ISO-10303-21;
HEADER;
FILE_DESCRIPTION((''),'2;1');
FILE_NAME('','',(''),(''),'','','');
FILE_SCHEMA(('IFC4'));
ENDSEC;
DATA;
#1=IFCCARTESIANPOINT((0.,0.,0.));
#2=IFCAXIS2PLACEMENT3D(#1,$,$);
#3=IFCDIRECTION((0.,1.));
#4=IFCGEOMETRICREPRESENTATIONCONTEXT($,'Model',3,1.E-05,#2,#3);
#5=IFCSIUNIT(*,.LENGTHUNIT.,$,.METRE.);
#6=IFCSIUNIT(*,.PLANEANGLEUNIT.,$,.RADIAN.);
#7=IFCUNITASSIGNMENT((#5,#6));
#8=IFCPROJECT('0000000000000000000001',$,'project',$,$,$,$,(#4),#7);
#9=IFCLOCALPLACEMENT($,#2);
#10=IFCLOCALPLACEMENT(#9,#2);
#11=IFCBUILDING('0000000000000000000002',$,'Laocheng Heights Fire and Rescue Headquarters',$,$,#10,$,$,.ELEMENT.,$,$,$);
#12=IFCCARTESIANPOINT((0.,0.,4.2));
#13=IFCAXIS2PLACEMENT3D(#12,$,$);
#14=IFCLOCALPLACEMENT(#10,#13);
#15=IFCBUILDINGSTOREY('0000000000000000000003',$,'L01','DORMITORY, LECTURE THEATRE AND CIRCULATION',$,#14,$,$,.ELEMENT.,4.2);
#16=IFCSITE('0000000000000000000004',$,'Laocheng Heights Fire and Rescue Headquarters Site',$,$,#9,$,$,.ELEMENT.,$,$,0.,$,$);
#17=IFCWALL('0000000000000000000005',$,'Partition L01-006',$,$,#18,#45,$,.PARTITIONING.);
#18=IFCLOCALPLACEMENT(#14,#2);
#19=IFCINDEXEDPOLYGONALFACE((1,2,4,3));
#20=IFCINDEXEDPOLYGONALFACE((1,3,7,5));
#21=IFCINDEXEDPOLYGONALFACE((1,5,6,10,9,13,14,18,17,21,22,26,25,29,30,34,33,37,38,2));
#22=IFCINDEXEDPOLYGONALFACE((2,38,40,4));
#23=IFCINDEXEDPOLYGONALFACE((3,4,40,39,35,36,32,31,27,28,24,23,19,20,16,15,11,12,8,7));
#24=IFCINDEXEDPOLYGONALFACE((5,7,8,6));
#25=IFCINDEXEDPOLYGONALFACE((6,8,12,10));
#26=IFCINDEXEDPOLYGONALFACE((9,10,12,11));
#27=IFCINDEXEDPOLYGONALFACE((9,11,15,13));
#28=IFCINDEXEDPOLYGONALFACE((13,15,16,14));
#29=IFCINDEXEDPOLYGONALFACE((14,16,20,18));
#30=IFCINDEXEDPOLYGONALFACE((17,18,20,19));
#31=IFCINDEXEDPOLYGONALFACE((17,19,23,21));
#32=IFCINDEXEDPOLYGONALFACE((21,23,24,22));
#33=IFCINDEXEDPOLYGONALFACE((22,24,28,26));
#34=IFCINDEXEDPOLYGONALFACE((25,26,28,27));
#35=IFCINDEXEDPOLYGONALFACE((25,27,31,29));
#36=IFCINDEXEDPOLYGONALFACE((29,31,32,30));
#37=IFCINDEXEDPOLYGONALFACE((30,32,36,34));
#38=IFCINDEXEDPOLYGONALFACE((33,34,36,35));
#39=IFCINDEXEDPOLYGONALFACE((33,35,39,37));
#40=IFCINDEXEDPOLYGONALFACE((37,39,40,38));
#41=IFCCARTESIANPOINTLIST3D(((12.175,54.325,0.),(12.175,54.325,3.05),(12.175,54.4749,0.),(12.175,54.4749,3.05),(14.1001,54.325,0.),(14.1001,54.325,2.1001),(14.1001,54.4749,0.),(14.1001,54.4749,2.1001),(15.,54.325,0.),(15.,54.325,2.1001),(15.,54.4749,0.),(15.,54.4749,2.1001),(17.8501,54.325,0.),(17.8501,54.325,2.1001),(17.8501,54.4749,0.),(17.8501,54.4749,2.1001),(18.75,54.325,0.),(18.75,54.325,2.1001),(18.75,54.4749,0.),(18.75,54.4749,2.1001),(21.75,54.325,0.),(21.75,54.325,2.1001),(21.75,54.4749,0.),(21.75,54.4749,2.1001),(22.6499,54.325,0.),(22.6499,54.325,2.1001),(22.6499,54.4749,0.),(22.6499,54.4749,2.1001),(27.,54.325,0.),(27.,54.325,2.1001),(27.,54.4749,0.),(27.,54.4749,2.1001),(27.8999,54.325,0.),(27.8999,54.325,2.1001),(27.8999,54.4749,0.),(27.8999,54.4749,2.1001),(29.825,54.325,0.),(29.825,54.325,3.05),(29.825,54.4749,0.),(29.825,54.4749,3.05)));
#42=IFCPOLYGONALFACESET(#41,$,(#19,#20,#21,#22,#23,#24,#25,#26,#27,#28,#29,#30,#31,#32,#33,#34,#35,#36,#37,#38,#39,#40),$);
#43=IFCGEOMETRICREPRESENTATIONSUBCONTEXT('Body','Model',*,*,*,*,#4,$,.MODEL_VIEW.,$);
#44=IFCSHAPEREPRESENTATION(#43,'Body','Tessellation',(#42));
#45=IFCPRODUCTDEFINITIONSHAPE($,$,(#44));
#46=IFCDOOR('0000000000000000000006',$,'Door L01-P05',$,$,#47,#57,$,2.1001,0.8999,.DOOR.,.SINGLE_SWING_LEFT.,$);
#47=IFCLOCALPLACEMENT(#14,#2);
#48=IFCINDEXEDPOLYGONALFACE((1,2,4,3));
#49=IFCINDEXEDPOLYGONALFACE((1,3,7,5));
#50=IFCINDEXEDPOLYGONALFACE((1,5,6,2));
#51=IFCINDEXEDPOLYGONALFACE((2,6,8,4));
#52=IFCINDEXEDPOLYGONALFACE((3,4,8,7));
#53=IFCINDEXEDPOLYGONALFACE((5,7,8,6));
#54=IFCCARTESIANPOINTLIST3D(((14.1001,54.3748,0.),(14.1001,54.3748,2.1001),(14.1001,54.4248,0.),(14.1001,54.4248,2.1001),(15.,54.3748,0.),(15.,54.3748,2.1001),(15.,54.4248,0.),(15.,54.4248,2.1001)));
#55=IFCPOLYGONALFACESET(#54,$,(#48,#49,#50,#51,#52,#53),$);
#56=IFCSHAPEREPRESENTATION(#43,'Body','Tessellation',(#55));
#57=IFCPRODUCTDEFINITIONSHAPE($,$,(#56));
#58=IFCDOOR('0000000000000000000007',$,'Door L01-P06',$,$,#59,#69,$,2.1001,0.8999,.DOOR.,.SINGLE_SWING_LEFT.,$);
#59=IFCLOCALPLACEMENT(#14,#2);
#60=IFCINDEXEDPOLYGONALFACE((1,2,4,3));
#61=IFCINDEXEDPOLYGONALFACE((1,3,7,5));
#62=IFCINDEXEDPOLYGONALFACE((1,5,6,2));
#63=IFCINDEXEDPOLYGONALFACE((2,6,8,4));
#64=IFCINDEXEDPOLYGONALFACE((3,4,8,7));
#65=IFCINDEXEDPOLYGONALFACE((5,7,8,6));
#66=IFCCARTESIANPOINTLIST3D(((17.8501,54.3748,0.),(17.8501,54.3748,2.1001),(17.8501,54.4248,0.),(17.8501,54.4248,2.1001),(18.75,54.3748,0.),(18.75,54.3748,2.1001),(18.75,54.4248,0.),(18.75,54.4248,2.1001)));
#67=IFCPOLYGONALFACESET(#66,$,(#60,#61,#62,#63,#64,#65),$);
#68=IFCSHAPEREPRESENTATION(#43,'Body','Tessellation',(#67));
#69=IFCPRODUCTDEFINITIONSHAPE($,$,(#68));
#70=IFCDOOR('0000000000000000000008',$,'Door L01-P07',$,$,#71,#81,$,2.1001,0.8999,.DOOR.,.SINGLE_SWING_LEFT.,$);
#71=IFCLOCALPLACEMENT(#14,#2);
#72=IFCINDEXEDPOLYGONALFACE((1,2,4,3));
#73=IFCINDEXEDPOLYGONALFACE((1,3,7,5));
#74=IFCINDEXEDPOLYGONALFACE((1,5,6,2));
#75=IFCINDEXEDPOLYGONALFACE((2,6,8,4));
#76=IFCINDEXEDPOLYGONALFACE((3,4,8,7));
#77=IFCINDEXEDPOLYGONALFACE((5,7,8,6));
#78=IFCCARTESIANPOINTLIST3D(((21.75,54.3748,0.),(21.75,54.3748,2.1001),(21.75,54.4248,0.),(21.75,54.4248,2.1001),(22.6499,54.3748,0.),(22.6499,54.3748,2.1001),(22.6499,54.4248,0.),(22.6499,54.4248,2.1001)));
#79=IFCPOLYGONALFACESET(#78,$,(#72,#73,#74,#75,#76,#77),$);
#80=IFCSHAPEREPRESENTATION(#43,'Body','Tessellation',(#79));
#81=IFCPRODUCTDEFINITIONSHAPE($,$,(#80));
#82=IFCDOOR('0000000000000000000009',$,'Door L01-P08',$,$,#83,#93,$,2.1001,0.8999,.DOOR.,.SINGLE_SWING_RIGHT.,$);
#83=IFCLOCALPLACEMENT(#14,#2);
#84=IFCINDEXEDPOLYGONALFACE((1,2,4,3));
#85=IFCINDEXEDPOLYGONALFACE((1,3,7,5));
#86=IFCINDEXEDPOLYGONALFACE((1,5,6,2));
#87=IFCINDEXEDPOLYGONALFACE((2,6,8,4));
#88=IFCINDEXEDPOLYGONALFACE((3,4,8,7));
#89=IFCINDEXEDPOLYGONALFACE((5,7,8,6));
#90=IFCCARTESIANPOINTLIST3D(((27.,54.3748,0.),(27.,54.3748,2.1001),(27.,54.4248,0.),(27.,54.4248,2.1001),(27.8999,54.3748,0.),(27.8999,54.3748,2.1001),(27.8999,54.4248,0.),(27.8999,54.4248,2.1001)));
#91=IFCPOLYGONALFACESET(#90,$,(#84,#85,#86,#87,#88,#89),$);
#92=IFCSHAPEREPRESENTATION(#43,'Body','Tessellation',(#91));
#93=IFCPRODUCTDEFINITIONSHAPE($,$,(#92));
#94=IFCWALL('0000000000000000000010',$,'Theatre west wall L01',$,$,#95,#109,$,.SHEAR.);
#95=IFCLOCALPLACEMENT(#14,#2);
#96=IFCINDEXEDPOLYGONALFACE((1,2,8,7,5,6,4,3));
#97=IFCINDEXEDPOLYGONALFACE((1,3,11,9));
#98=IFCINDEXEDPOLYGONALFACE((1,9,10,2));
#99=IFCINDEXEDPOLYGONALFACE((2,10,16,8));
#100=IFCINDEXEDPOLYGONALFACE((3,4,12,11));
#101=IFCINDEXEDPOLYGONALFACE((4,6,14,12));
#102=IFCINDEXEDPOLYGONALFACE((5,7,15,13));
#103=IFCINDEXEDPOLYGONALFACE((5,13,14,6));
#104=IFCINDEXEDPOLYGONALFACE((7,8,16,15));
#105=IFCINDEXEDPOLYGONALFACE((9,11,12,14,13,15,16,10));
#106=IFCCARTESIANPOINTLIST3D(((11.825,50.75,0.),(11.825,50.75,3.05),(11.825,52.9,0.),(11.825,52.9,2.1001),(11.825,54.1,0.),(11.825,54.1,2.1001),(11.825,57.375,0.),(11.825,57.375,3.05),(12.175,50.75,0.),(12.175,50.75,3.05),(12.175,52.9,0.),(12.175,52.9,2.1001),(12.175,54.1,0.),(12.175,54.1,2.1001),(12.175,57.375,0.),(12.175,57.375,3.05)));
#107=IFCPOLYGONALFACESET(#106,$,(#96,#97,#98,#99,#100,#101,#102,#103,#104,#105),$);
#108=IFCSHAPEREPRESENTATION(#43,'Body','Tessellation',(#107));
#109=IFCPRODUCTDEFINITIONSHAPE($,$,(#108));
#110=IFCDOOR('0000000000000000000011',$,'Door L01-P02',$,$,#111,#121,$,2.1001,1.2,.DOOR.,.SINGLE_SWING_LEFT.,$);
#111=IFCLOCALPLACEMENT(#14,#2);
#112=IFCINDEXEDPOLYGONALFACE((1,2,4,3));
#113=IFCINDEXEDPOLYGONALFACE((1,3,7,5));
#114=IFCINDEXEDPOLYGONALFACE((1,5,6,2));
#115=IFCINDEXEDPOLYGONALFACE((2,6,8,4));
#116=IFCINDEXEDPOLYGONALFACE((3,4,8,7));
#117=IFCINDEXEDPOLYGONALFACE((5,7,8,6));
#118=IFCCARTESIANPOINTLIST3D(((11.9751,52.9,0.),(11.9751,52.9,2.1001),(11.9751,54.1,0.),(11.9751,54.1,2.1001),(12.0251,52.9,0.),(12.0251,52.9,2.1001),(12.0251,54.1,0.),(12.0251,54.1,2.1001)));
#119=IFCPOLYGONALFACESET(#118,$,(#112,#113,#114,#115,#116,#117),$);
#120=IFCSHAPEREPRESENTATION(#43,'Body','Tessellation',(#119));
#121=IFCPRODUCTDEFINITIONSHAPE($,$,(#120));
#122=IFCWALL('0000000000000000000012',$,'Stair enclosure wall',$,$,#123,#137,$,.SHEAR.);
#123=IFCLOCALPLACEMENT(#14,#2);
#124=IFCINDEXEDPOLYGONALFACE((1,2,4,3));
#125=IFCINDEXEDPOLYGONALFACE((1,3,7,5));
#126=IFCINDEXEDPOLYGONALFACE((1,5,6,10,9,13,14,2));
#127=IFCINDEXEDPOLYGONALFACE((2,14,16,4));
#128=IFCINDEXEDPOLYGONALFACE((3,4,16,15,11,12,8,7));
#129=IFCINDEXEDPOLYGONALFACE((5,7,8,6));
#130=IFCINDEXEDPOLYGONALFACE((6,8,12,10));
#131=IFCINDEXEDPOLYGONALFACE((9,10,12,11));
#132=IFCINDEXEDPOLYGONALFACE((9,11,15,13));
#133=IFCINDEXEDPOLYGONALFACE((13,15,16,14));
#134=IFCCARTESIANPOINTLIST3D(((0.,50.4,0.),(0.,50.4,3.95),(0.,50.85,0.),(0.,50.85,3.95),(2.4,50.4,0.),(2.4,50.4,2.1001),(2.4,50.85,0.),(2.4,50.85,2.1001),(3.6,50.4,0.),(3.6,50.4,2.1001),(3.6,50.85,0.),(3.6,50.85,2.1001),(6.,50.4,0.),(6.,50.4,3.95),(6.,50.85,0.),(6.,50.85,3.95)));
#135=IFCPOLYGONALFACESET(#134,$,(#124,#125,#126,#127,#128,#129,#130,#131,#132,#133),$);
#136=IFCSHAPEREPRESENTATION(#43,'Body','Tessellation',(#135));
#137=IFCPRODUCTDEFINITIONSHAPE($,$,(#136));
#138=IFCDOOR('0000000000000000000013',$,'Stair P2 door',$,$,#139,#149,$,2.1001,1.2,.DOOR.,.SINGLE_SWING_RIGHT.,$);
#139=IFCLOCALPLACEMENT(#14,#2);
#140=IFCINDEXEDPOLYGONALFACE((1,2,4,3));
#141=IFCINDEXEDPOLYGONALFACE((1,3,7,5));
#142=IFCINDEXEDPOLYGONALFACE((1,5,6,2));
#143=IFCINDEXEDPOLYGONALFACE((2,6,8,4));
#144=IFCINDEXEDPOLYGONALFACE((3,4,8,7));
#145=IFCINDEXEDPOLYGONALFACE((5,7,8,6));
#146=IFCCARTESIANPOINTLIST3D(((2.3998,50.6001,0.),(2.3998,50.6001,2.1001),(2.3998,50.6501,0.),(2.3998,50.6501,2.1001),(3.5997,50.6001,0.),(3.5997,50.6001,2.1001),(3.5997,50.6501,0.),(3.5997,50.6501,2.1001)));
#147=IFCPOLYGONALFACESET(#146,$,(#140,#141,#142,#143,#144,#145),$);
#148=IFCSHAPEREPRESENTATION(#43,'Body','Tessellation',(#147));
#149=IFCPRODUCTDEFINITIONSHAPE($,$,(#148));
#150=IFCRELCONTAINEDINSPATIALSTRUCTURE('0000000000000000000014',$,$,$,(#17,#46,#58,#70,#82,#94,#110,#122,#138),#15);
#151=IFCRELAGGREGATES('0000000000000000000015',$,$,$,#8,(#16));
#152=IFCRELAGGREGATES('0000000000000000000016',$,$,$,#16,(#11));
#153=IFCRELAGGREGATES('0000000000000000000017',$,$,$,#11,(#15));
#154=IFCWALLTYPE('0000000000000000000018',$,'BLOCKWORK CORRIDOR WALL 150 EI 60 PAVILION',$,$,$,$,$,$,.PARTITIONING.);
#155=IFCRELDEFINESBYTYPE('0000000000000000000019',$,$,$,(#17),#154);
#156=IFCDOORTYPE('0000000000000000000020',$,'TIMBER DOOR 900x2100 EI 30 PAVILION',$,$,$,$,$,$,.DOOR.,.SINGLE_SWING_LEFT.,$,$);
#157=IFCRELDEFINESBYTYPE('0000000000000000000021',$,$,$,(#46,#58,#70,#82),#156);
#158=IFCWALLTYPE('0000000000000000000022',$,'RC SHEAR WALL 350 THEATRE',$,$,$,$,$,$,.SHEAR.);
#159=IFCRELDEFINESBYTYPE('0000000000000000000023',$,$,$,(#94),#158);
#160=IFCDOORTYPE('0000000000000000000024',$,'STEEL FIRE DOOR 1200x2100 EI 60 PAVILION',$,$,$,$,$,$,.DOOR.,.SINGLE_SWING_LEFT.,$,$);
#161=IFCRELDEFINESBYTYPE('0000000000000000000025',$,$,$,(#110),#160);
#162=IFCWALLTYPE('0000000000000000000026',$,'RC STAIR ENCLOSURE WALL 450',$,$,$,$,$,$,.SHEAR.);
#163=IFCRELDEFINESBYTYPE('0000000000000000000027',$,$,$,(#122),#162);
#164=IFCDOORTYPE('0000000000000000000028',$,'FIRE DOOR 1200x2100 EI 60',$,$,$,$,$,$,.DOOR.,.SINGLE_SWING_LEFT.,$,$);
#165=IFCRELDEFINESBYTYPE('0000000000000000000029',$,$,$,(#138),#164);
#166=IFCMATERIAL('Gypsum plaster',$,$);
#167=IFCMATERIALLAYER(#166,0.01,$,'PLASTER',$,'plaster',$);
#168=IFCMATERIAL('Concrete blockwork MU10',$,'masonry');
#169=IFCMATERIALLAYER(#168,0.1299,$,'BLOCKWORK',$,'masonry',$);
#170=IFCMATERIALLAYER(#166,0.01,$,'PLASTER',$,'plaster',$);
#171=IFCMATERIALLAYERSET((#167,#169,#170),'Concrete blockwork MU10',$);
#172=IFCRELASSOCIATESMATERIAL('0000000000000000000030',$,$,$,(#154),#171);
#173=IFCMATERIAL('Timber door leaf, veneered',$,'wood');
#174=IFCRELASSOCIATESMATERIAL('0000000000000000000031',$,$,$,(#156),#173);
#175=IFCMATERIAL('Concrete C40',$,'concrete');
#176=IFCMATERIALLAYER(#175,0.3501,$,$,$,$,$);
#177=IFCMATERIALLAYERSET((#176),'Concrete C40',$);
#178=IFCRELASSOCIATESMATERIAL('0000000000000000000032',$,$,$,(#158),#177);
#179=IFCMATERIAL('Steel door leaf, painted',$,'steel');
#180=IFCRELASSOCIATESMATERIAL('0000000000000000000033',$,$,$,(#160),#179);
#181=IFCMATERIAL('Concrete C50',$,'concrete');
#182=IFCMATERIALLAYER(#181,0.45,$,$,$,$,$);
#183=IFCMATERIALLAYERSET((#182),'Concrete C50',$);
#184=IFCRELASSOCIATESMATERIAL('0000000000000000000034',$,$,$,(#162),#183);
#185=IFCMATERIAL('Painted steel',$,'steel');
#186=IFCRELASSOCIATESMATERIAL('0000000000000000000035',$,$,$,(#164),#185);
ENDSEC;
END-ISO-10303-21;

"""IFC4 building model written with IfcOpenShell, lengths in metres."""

from ifc_helpers import new_model, si_unit, direction, frame, frame_2d, origin, place, context, subcontext, project, spatial, rectangle, extrude, material, layer, layer_set, type_object, element, fill, save


model = new_model("IFC4")

# Units and contexts
model_context = context("Model", 3, precision=1e-05, world=origin(), true_north=direction((0.0, 1.0)))
body_context = subcontext(model_context, "Body", "Model", "MODEL_VIEW")
ifc_project = project(units=[si_unit("LENGTHUNIT", "METRE"), si_unit("PLANEANGLEUNIT", "RADIAN")], contexts=[model_context])

# Site, building, storey
site_placement = place(None, origin())
site = spatial("IfcSite", under=ifc_project, at=site_placement, Name="Laocheng Heights Fire and Rescue Headquarters Site", CompositionType="ELEMENT", RefElevation=0.0)
building_placement = place(site_placement, origin())
building = spatial("IfcBuilding", under=site, at=building_placement, Name="Laocheng Heights Fire and Rescue Headquarters", CompositionType="ELEMENT")
storey_placement = place(building_placement, frame((0.0, 0.0, 4.2)))
storey = spatial("IfcBuildingStorey", under=building, at=storey_placement, Name="L01", Description="DORMITORY, LECTURE THEATRE AND CIRCULATION", CompositionType="ELEMENT", Elevation=4.2)

# Shared definitions
ifc_material_1 = material(Name="Gypsum plaster")
ifc_layer_1 = layer(ifc_material_1, 0.01, Name="PLASTER", Category="plaster")
ifc_material_2 = material(Name="Concrete blockwork MU10", Category="masonry")
ifc_layer_2 = layer(ifc_material_2, 0.1299, Name="BLOCKWORK", Category="masonry")
ifc_layer_3 = layer(ifc_material_1, 0.01, Name="PLASTER", Category="plaster")
ifc_layer_set_1 = layer_set([ifc_layer_1, ifc_layer_2, ifc_layer_3], Name="Concrete blockwork MU10")
wall_type_1 = type_object("IfcWallType", Name="BLOCKWORK CORRIDOR WALL 150 EI 60 PAVILION", PredefinedType="PARTITIONING", material=ifc_layer_set_1)

# Wall, openings, doors
wall_1_placement = place(storey_placement, frame((12.175, 54.3999, 0.0), z_axis=(0.0, 0.0, 1.0), x_axis=(1.0, 0.0, 0.0)))
wall_1 = element("IfcWall", 1, at=wall_1_placement, inside=storey, type_object=wall_type_1, Name="Partition L01-006", PredefinedType="PARTITIONING", context=body_context, shape_type="SweptSolid", body=[
    extrude(rectangle(XDim=17.6499, YDim=0.1499, at=frame_2d((8.825, 0.0))), origin(), (0.0, 0.0, 1.0), 3.05),
])
opening_1_placement = place(wall_1_placement, frame((1.925, 0.0, 0.0)))
opening_1 = element("IfcOpeningElement", 2, at=opening_1_placement, cuts=wall_1, PredefinedType="OPENING", context=body_context, shape_type="SweptSolid", body=[
    extrude(rectangle(XDim=0.8999, YDim=2.1001, at=frame_2d((0.45, 1.05))), frame((0.0, 0.085, 0.0), z_axis=(0.0, -1.0, 0.0), x_axis=(1.0, 0.0, 0.0)), (0.0, 0.0, 1.0), 0.1699),
])
opening_2_placement = place(wall_1_placement, frame((5.675, 0.0, 0.0)))
opening_2 = element("IfcOpeningElement", 3, at=opening_2_placement, cuts=wall_1, PredefinedType="OPENING", context=body_context, shape_type="SweptSolid", body=[
    extrude(rectangle(XDim=0.8999, YDim=2.1001, at=frame_2d((0.45, 1.05))), frame((0.0, 0.085, 0.0), z_axis=(0.0, -1.0, 0.0), x_axis=(1.0, 0.0, 0.0)), (0.0, 0.0, 1.0), 0.1699),
])
opening_3_placement = place(wall_1_placement, frame((9.575, 0.0, 0.0)))
opening_3 = element("IfcOpeningElement", 4, at=opening_3_placement, cuts=wall_1, PredefinedType="OPENING", context=body_context, shape_type="SweptSolid", body=[
    extrude(rectangle(XDim=0.8999, YDim=2.1001, at=frame_2d((0.45, 1.05))), frame((0.0, 0.085, 0.0), z_axis=(0.0, -1.0, 0.0), x_axis=(1.0, 0.0, 0.0)), (0.0, 0.0, 1.0), 0.1699),
])
opening_4_placement = place(wall_1_placement, frame((14.825, 0.0, 0.0)))
opening_4 = element("IfcOpeningElement", 5, at=opening_4_placement, cuts=wall_1, PredefinedType="OPENING", context=body_context, shape_type="SweptSolid", body=[
    extrude(rectangle(XDim=0.8999, YDim=2.1001, at=frame_2d((0.45, 1.05))), frame((0.0, 0.085, 0.0), z_axis=(0.0, -1.0, 0.0), x_axis=(1.0, 0.0, 0.0)), (0.0, 0.0, 1.0), 0.1699),
])
ifc_material_3 = material(Name="Timber door leaf, veneered", Category="wood")
door_type_1 = type_object("IfcDoorType", Name="TIMBER DOOR 900x2100 EI 30 PAVILION", OperationType="SINGLE_SWING_LEFT", PredefinedType="DOOR", material=ifc_material_3)
door_1_placement = place(opening_1_placement, origin())
door_1 = element("IfcDoor", 6, at=door_1_placement, inside=storey, type_object=door_type_1, Name="Door L01-P05", OperationType="SINGLE_SWING_LEFT", OverallHeight=2.1001, OverallWidth=0.8999, PredefinedType="DOOR", context=body_context, shape_type="SweptSolid", body=[
    extrude(rectangle(XDim=0.8999, YDim=2.1001, at=frame_2d((0.45, 1.05))), frame((0.0, 0.0249, 0.0), z_axis=(0.0, -1.0, 0.0), x_axis=(1.0, 0.0, 0.0)), (0.0, 0.0, 1.0), 0.05),
])
fill(opening_1, door_1)
door_2_placement = place(opening_2_placement, origin())
door_2 = element("IfcDoor", 7, at=door_2_placement, inside=storey, type_object=door_type_1, Name="Door L01-P06", OperationType="SINGLE_SWING_LEFT", OverallHeight=2.1001, OverallWidth=0.8999, PredefinedType="DOOR", context=body_context, shape_type="SweptSolid", body=[
    extrude(rectangle(XDim=0.8999, YDim=2.1001, at=frame_2d((0.45, 1.05))), frame((0.0, 0.0249, 0.0), z_axis=(0.0, -1.0, 0.0), x_axis=(1.0, 0.0, 0.0)), (0.0, 0.0, 1.0), 0.05),
])
fill(opening_2, door_2)
door_3_placement = place(opening_3_placement, origin())
door_3 = element("IfcDoor", 8, at=door_3_placement, inside=storey, type_object=door_type_1, Name="Door L01-P07", OperationType="SINGLE_SWING_LEFT", OverallHeight=2.1001, OverallWidth=0.8999, PredefinedType="DOOR", context=body_context, shape_type="SweptSolid", body=[
    extrude(rectangle(XDim=0.8999, YDim=2.1001, at=frame_2d((0.45, 1.05))), frame((0.0, 0.0249, 0.0), z_axis=(0.0, -1.0, 0.0), x_axis=(1.0, 0.0, 0.0)), (0.0, 0.0, 1.0), 0.05),
])
fill(opening_3, door_3)
door_4_placement = place(opening_4_placement, origin())
door_4 = element("IfcDoor", 9, at=door_4_placement, inside=storey, type_object=door_type_1, Name="Door L01-P08", OperationType="SINGLE_SWING_RIGHT", OverallHeight=2.1001, OverallWidth=0.8999, PredefinedType="DOOR", context=body_context, shape_type="SweptSolid", body=[
    extrude(rectangle(XDim=0.8999, YDim=2.1001, at=frame_2d((0.45, 1.05))), frame((0.0, 0.0249, 0.0), z_axis=(0.0, -1.0, 0.0), x_axis=(1.0, 0.0, 0.0)), (0.0, 0.0, 1.0), 0.05),
])
fill(opening_4, door_4)

# Walls, openings, doors
ifc_material_4 = material(Name="Concrete C40", Category="concrete")
ifc_layer_4 = layer(ifc_material_4, 0.3501)
ifc_layer_set_2 = layer_set([ifc_layer_4], Name="Concrete C40")
wall_type_2 = type_object("IfcWallType", Name="RC SHEAR WALL 350 THEATRE", PredefinedType="SHEAR", material=ifc_layer_set_2)
wall_2_placement = place(storey_placement, frame((12.0, 50.75, 0.0), z_axis=(0.0, 0.0, 1.0), x_axis=(0.0, 1.0, 0.0)))
wall_2 = element("IfcWall", 10, at=wall_2_placement, inside=storey, type_object=wall_type_2, Name="Theatre west wall L01", PredefinedType="SHEAR", context=body_context, shape_type="SweptSolid", body=[
    extrude(rectangle(XDim=6.625, YDim=0.3501, at=frame_2d((3.3125, 0.0))), origin(), (0.0, 0.0, 1.0), 3.05),
])
opening_5_placement = place(wall_2_placement, frame((2.1499, 0.0, 0.0)))
opening_5 = element("IfcOpeningElement", 11, at=opening_5_placement, cuts=wall_2, PredefinedType="OPENING", context=body_context, shape_type="SweptSolid", body=[
    extrude(rectangle(XDim=1.2, YDim=2.1001, at=frame_2d((0.6001, 1.05))), frame((0.0, 0.1851, 0.0), z_axis=(0.0, -1.0, 0.0), x_axis=(1.0, 0.0, 0.0)), (0.0, 0.0, 1.0), 0.3701),
])
ifc_material_5 = material(Name="Steel door leaf, painted", Category="steel")
door_type_2 = type_object("IfcDoorType", Name="STEEL FIRE DOOR 1200x2100 EI 60 PAVILION", OperationType="SINGLE_SWING_LEFT", PredefinedType="DOOR", material=ifc_material_5)
door_5_placement = place(opening_5_placement, origin())
door_5 = element("IfcDoor", 12, at=door_5_placement, inside=storey, type_object=door_type_2, Name="Door L01-P02", OperationType="SINGLE_SWING_LEFT", OverallHeight=2.1001, OverallWidth=1.2, PredefinedType="DOOR", context=body_context, shape_type="SweptSolid", body=[
    extrude(rectangle(XDim=1.2, YDim=2.1001, at=frame_2d((0.6001, 1.05))), frame((0.0, 0.0249, 0.0), z_axis=(0.0, -1.0, 0.0), x_axis=(1.0, 0.0, 0.0)), (0.0, 0.0, 1.0), 0.05),
])
fill(opening_5, door_5)
ifc_material_6 = material(Name="Concrete C50", Category="concrete")
ifc_layer_5 = layer(ifc_material_6, 0.45)
ifc_layer_set_3 = layer_set([ifc_layer_5], Name="Concrete C50")
wall_type_3 = type_object("IfcWallType", Name="RC STAIR ENCLOSURE WALL 450", PredefinedType="SHEAR", material=ifc_layer_set_3)
wall_3_placement = place(storey_placement, frame((0.0, 50.625, 0.0), z_axis=(0.0, 0.0, 1.0), x_axis=(1.0, 0.0, 0.0)))
wall_3 = element("IfcWall", 13, at=wall_3_placement, inside=storey, type_object=wall_type_3, Name="Stair enclosure wall", PredefinedType="SHEAR", context=body_context, shape_type="SweptSolid", body=[
    extrude(rectangle(XDim=6.0, YDim=0.45, at=frame_2d((3.0, 0.0))), origin(), (0.0, 0.0, 1.0), 3.95),
])
opening_6_placement = place(wall_3_placement, frame((2.3999, 0.0, 0.0)))
opening_6 = element("IfcOpeningElement", 14, at=opening_6_placement, cuts=wall_3, PredefinedType="OPENING", context=body_context, shape_type="SweptSolid", body=[
    extrude(rectangle(XDim=1.2, YDim=2.1001, at=frame_2d((0.6001, 1.05))), frame((0.0, 0.2349, 0.0), z_axis=(0.0, -1.0, 0.0), x_axis=(1.0, 0.0, 0.0)), (0.0, 0.0, 1.0), 0.47),
])
ifc_material_7 = material(Name="Painted steel", Category="steel")
door_type_3 = type_object("IfcDoorType", Name="FIRE DOOR 1200x2100 EI 60", OperationType="SINGLE_SWING_LEFT", PredefinedType="DOOR", material=ifc_material_7)
door_6_placement = place(opening_6_placement, frame((1.2, 0.0, 0.0), z_axis=(0.0, 0.0, 1.0), x_axis=(-1.0, 0.0, 0.0)))
door_6 = element("IfcDoor", 15, at=door_6_placement, inside=storey, type_object=door_type_3, Name="Stair P2 door", OperationType="SINGLE_SWING_RIGHT", OverallHeight=2.1001, OverallWidth=1.2, PredefinedType="DOOR", context=body_context, shape_type="SweptSolid", body=[
    extrude(rectangle(XDim=1.2, YDim=2.1001, at=frame_2d((0.6001, 1.05))), frame((0.0, 0.0249, 0.0), z_axis=(0.0, -1.0, 0.0), x_axis=(1.0, 0.0, 0.0)), (0.0, 0.0, 1.0), 0.05),
])
fill(opening_6, door_6)

save(model, "model.ifc")
